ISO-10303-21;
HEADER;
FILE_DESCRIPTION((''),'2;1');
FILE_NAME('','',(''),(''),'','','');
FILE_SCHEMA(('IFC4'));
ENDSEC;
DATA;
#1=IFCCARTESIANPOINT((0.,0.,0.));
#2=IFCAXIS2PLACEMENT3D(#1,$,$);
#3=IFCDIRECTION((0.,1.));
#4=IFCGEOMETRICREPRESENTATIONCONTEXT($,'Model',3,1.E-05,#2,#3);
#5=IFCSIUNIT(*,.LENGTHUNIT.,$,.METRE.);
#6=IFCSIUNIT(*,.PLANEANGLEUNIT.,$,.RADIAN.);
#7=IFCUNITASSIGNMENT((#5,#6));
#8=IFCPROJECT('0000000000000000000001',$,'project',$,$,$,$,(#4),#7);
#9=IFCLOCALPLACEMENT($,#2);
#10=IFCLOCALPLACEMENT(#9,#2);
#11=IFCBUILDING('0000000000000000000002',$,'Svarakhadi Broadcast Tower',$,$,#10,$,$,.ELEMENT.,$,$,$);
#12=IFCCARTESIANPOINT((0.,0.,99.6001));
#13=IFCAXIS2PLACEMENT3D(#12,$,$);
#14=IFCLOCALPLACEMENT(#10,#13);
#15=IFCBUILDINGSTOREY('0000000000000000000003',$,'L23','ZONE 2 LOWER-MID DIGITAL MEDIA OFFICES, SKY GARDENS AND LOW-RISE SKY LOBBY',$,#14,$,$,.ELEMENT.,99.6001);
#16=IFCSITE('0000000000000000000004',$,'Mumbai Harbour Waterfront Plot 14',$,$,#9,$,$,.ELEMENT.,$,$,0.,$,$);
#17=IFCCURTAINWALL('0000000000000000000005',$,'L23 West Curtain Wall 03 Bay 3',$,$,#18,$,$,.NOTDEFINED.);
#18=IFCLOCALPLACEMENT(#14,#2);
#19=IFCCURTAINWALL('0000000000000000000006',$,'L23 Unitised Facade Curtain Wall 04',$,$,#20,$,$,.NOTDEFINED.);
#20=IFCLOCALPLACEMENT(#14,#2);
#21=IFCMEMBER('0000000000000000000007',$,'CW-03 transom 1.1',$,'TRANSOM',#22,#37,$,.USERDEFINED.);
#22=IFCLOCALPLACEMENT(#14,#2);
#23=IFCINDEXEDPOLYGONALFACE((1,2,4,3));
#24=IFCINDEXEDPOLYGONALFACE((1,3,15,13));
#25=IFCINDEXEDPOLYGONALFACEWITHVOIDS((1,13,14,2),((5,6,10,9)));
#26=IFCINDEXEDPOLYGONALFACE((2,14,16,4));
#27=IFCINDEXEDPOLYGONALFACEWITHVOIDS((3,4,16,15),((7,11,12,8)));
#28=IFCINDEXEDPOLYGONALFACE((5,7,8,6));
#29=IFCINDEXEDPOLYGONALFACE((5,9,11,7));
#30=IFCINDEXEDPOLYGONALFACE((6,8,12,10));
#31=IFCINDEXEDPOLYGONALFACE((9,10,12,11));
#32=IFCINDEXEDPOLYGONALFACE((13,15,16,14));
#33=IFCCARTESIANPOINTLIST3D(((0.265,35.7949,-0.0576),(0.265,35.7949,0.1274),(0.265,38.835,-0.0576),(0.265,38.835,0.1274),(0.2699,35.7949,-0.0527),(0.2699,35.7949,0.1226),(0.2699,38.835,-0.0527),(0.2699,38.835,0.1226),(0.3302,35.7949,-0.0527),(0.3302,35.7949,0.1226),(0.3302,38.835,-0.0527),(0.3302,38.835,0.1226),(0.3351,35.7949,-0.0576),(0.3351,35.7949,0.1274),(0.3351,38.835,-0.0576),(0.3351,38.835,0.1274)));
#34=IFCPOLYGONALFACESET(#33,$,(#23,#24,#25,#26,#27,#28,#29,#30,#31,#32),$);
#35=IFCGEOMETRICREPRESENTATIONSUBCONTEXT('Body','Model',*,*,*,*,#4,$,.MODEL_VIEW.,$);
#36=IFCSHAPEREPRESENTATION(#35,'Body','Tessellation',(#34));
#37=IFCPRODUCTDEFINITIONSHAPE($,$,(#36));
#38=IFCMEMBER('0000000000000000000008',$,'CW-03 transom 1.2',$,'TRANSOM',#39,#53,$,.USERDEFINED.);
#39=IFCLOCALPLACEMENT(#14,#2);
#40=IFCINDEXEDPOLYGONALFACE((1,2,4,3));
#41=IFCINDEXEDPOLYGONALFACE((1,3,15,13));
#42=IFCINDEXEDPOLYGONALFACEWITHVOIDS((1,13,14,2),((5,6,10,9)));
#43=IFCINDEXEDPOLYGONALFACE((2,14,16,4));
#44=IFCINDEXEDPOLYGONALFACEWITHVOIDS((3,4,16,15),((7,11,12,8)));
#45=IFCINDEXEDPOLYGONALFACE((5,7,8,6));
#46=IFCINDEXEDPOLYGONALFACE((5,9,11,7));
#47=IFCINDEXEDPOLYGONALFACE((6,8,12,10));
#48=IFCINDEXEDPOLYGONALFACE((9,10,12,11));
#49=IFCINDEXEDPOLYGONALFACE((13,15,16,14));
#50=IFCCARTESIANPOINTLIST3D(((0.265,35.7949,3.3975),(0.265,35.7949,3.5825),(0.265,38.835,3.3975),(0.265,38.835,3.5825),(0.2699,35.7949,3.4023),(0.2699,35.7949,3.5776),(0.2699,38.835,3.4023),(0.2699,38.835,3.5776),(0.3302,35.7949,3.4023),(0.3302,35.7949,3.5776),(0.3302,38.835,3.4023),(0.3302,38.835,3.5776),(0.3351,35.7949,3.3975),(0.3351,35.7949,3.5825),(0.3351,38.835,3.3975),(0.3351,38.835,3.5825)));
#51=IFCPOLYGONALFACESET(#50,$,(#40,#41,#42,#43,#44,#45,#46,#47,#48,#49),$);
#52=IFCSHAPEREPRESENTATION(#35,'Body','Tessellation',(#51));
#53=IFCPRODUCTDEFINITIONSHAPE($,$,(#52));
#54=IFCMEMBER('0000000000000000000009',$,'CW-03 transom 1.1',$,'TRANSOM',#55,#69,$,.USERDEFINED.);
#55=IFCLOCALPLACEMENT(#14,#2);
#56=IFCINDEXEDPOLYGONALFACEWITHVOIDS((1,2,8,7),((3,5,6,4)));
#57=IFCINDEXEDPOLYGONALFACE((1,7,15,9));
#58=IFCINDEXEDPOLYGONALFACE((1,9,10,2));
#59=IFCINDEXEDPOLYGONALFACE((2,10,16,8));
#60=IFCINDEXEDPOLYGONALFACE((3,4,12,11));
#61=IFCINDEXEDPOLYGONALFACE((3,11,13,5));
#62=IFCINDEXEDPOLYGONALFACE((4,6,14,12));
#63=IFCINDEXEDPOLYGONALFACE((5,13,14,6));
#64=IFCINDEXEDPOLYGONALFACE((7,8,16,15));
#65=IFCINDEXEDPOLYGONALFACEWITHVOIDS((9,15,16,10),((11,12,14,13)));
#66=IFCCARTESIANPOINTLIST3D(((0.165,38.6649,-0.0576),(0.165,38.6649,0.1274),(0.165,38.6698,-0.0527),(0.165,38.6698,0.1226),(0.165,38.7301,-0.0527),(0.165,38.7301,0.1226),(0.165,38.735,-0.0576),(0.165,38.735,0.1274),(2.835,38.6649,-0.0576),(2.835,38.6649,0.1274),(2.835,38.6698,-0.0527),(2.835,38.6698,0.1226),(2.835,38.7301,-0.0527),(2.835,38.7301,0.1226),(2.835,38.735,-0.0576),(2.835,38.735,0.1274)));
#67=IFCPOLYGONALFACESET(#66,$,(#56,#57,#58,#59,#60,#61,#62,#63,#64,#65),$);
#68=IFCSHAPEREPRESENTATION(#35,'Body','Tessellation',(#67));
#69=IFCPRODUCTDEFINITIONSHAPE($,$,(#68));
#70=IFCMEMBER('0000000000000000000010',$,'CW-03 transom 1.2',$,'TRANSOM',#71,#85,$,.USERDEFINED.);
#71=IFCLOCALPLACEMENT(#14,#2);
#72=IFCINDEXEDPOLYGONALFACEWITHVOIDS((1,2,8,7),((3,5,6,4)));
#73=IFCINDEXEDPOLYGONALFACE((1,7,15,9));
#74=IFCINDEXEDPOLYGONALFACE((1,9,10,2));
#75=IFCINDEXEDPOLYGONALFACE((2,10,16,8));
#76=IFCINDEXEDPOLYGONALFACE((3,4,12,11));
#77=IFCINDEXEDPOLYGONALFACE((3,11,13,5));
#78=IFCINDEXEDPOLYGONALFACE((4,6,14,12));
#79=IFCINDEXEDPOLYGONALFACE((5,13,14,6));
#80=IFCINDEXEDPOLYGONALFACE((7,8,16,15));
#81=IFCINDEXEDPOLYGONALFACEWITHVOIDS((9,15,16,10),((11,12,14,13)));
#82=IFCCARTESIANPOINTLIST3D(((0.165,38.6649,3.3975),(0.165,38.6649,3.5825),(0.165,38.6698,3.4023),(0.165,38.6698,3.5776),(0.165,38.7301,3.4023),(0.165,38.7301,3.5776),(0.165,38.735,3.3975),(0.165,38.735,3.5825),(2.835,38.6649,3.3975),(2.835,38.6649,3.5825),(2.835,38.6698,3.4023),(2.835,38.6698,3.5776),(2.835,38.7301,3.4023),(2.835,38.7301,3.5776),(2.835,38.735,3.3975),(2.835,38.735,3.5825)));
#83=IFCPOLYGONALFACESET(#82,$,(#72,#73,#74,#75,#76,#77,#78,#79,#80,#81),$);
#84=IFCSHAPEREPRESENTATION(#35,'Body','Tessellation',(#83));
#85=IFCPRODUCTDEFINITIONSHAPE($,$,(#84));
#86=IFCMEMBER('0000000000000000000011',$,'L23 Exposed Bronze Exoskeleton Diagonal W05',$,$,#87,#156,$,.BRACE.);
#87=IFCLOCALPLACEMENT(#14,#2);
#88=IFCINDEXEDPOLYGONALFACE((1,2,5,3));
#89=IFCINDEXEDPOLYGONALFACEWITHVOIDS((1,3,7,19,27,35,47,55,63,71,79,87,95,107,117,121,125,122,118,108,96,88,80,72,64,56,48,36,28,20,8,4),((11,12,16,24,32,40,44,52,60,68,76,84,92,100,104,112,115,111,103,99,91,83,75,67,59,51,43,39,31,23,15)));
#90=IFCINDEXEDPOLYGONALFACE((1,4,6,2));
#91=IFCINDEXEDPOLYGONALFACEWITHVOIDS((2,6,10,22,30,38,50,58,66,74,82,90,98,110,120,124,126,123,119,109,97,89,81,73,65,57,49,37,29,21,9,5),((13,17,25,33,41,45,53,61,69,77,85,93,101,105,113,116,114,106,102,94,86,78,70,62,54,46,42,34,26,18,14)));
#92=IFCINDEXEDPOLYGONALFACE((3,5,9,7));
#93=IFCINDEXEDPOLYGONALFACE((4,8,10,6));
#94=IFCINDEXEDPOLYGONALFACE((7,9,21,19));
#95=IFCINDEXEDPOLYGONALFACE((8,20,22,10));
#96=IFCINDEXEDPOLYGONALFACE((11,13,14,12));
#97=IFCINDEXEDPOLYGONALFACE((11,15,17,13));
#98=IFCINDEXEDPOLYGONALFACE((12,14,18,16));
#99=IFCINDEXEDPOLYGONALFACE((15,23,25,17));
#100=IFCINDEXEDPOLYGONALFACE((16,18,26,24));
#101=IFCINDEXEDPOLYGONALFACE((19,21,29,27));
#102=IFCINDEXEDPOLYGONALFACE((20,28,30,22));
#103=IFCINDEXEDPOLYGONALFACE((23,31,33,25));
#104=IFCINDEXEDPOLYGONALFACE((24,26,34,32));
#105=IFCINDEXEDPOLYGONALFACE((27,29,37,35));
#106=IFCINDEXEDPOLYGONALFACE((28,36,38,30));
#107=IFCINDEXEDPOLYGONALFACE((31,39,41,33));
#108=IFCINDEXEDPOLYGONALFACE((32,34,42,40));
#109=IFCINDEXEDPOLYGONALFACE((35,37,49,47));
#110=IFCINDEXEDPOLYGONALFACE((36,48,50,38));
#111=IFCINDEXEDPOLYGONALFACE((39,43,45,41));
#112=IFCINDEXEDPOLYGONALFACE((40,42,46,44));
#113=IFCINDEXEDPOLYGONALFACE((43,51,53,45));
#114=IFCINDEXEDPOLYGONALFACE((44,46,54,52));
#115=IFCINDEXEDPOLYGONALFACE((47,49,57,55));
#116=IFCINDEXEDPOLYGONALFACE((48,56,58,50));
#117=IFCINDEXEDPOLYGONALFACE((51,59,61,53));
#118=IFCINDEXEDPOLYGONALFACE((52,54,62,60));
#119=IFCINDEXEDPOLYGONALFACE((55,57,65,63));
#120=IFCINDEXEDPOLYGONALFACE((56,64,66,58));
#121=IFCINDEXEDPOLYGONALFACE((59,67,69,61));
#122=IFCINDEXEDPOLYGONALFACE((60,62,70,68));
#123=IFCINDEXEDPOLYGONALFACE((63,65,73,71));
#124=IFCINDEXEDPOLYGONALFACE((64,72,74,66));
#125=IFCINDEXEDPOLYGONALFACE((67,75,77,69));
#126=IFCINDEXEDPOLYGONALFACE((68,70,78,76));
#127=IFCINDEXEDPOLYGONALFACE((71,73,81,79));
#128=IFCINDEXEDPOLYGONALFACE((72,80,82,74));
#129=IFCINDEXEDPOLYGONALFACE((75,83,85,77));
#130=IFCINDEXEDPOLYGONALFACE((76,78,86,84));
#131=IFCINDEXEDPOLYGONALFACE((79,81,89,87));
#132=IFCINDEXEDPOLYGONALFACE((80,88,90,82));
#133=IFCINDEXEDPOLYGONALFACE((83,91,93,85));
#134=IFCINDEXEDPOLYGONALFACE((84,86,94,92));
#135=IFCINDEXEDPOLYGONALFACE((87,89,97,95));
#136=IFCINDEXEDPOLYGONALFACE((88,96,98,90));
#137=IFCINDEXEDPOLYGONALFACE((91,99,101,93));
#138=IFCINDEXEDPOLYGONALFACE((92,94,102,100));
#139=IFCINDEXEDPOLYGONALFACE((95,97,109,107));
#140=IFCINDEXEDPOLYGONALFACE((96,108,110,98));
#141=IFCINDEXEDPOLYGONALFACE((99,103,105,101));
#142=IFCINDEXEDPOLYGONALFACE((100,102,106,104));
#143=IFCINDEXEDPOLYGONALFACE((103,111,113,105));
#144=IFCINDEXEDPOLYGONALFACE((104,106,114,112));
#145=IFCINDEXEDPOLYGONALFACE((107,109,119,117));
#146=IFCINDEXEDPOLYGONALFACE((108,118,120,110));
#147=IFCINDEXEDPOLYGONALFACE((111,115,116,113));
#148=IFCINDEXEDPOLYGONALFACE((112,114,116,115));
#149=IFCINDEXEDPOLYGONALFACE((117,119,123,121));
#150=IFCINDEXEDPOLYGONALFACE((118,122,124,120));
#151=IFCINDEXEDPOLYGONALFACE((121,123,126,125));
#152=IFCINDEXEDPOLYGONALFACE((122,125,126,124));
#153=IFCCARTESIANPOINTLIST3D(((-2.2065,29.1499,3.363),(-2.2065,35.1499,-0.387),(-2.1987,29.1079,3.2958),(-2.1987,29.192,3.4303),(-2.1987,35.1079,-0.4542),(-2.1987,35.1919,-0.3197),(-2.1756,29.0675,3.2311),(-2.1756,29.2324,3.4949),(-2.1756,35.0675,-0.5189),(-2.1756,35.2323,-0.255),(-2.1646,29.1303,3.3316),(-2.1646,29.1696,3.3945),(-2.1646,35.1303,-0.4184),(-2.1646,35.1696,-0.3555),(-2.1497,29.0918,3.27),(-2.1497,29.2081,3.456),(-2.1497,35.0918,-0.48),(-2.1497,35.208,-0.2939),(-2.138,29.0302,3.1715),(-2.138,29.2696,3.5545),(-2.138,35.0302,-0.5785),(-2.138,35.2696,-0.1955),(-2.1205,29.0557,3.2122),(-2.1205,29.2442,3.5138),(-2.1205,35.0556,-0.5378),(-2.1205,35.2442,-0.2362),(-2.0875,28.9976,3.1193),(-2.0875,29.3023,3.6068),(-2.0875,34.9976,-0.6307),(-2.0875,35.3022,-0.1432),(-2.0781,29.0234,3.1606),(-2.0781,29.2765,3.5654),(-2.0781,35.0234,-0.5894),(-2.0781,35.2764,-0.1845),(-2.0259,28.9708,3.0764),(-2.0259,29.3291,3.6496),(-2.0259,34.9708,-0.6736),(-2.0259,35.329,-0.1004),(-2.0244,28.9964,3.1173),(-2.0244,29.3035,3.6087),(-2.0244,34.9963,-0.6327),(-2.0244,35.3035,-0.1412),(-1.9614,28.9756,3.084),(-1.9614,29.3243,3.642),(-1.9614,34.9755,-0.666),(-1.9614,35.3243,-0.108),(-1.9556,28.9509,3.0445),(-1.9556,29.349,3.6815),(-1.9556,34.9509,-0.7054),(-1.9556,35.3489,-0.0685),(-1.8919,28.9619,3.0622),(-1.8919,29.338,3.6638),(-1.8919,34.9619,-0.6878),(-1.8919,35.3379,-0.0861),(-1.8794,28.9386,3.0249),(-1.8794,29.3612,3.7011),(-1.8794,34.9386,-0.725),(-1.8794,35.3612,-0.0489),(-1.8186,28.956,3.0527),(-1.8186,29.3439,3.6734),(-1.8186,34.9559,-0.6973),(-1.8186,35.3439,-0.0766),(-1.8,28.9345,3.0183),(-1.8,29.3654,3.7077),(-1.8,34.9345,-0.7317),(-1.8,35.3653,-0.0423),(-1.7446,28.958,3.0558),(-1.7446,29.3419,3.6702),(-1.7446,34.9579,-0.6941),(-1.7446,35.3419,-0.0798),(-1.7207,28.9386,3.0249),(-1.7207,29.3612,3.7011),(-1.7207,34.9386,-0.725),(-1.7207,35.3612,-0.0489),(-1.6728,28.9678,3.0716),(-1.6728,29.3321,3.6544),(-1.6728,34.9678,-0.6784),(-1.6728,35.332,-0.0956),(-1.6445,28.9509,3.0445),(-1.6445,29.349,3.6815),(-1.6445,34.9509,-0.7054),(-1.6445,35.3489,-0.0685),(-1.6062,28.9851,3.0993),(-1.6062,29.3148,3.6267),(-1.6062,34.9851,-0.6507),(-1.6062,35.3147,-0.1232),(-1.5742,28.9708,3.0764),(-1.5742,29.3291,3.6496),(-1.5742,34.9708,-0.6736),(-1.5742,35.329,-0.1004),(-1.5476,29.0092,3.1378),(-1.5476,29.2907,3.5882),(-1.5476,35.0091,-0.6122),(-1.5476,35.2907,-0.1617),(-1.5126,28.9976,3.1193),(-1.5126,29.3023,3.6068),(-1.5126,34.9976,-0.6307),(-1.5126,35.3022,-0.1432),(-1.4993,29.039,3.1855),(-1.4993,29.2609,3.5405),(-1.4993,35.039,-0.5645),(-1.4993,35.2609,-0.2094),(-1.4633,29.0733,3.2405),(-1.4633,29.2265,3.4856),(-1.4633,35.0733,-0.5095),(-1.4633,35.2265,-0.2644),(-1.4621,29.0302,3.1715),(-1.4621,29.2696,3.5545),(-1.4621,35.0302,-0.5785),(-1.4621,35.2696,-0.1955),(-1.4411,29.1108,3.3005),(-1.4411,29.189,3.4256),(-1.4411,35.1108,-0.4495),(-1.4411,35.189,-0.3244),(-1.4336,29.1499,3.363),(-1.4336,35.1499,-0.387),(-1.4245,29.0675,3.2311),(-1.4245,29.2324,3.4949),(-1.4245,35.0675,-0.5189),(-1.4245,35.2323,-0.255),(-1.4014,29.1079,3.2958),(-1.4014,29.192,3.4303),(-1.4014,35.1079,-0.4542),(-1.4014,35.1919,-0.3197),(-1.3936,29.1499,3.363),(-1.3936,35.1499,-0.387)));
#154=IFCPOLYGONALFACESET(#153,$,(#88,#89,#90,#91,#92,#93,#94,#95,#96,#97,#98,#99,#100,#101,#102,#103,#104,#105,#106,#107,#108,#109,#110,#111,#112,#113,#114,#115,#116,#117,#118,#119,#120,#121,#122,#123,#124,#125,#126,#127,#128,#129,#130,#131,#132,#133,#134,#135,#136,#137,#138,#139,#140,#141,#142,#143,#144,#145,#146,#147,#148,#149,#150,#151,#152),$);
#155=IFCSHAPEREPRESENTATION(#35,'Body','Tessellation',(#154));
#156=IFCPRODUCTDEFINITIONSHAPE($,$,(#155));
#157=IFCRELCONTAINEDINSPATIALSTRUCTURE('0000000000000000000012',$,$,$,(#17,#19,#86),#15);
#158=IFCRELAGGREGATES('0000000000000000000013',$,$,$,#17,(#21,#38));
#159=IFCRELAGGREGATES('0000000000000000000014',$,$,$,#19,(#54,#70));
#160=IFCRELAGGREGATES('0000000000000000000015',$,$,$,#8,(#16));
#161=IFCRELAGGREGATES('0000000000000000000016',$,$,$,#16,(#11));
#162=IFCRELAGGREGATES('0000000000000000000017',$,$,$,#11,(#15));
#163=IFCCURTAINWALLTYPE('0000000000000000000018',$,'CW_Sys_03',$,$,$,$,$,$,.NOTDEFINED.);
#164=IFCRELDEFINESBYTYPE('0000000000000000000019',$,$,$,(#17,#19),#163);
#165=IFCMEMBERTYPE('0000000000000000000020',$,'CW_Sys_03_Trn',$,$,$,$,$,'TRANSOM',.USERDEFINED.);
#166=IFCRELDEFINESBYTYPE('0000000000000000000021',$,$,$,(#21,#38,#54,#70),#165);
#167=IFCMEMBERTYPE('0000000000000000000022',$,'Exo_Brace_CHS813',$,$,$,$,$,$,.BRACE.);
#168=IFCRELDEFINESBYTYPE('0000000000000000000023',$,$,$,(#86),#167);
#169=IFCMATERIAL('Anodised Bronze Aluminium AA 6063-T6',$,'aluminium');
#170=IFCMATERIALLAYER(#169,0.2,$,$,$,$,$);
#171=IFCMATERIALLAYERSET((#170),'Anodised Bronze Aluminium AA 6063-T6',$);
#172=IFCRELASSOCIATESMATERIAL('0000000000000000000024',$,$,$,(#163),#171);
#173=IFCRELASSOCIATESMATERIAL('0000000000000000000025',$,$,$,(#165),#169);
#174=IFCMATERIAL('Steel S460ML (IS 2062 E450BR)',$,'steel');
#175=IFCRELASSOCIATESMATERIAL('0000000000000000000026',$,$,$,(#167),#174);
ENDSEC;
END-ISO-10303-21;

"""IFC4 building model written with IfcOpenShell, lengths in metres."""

from ifc_helpers import new_model, si_unit, direction, frame, origin, origin_2d, place, context, subcontext, project, spatial, hollow_rectangle, hollow_circle, extrude, material, layer, layer_set, material_profile, profile_set, type_object, element, aggregate, save


model = new_model("IFC4")

# Units and contexts
model_context = context("Model", 3, precision=1e-05, world=origin(), true_north=direction((0.0, 1.0)))
body_context = subcontext(model_context, "Body", "Model", "MODEL_VIEW")
ifc_project = project(units=[si_unit("LENGTHUNIT", "METRE"), si_unit("PLANEANGLEUNIT", "RADIAN")], contexts=[model_context])

# Site, building, storey
site_placement = place(None, origin())
site = spatial("IfcSite", under=ifc_project, at=site_placement, Name="Mumbai Harbour Waterfront Plot 14", CompositionType="ELEMENT", RefElevation=0.0)
building_placement = place(site_placement, origin())
building = spatial("IfcBuilding", under=site, at=building_placement, Name="Svarakhadi Broadcast Tower", CompositionType="ELEMENT")
storey_placement = place(building_placement, frame((0.0, 0.0, 99.6001)))
storey = spatial("IfcBuildingStorey", under=building, at=storey_placement, Name="L23", Description="ZONE 2 LOWER-MID DIGITAL MEDIA OFFICES, SKY GARDENS AND LOW-RISE SKY LOBBY", CompositionType="ELEMENT", Elevation=99.6001)

# Shared definitions
ifc_material_1 = material(Name="Anodised Bronze Aluminium AA 6063-T6", Category="aluminium")
ifc_layer_1 = layer(ifc_material_1, 0.2)
ifc_layer_set_1 = layer_set([ifc_layer_1], Name="Anodised Bronze Aluminium AA 6063-T6")
curtain_wall_type = type_object("IfcCurtainWallType", Name="CW_Sys_03", PredefinedType="NOTDEFINED", material=ifc_layer_set_1)

# Curtain walls
curtain_wall_1_placement = place(storey_placement, origin())
curtain_wall_1 = element("IfcCurtainWall", 1, at=curtain_wall_1_placement, inside=storey, type_object=curtain_wall_type, Name="L23 West Curtain Wall 03 Bay 3", PredefinedType="NOTDEFINED")
curtain_wall_2_placement = place(storey_placement, origin())
curtain_wall_2 = element("IfcCurtainWall", 2, at=curtain_wall_2_placement, inside=storey, type_object=curtain_wall_type, Name="L23 Unitised Facade Curtain Wall 04", PredefinedType="NOTDEFINED")

# Members
ifc_material_profile_1 = material_profile(ifc_material_1, hollow_rectangle(XDim=0.0701, YDim=0.1851, WallThickness=0.0049, at=origin_2d()), Name="ALU TRANSOM 185x70x5")
ifc_profile_set_1 = profile_set([ifc_material_profile_1], Name="Anodised Bronze Aluminium AA 6063-T6")
member_type_1 = type_object("IfcMemberType", Name="CW_Sys_03_Trn", ElementType="TRANSOM", PredefinedType="USERDEFINED", material=ifc_profile_set_1)
member_1_placement = place(storey_placement, frame((0.3, 35.7949, 0.0349), z_axis=(0.0, 1.0, 0.0), x_axis=(-1.0, 0.0, 0.0)))
member_1 = element("IfcMember", 3, at=member_1_placement, type_object=member_type_1, Name="CW-03 transom 1.1", ObjectType="TRANSOM", PredefinedType="USERDEFINED", context=body_context, shape_type="SweptSolid", body=[
    extrude(hollow_rectangle(XDim=0.0701, YDim=0.1851, WallThickness=0.0049, at=origin_2d()), origin(), (0.0, 0.0, 1.0), 3.04),
])
member_2_placement = place(storey_placement, frame((0.3, 35.7949, 3.49), z_axis=(0.0, 1.0, 0.0), x_axis=(-1.0, 0.0, 0.0)))
member_2 = element("IfcMember", 4, at=member_2_placement, type_object=member_type_1, Name="CW-03 transom 1.2", ObjectType="TRANSOM", PredefinedType="USERDEFINED", context=body_context, shape_type="SweptSolid", body=[
    extrude(hollow_rectangle(XDim=0.0701, YDim=0.1851, WallThickness=0.0049, at=origin_2d()), origin(), (0.0, 0.0, 1.0), 3.04),
])
member_3_placement = place(storey_placement, frame((0.165, 38.7, 0.0349), z_axis=(1.0, 0.0, 0.0), x_axis=(0.0, 1.0, 0.0)))
member_3 = element("IfcMember", 5, at=member_3_placement, type_object=member_type_1, Name="CW-03 transom 1.1", ObjectType="TRANSOM", PredefinedType="USERDEFINED", context=body_context, shape_type="SweptSolid", body=[
    extrude(hollow_rectangle(XDim=0.0701, YDim=0.1851, WallThickness=0.0049, at=origin_2d()), origin(), (0.0, 0.0, 1.0), 2.6699),
])
member_4_placement = place(storey_placement, frame((0.165, 38.7, 3.49), z_axis=(1.0, 0.0, 0.0), x_axis=(0.0, 1.0, 0.0)))
member_4 = element("IfcMember", 6, at=member_4_placement, type_object=member_type_1, Name="CW-03 transom 1.2", ObjectType="TRANSOM", PredefinedType="USERDEFINED", context=body_context, shape_type="SweptSolid", body=[
    extrude(hollow_rectangle(XDim=0.0701, YDim=0.1851, WallThickness=0.0049, at=origin_2d()), origin(), (0.0, 0.0, 1.0), 2.6699),
])

# Member
ifc_material_2 = material(Name="Steel S460ML (IS 2062 E450BR)", Category="steel")
ifc_material_profile_2 = material_profile(ifc_material_2, hollow_circle(Radius=0.4065, WallThickness=0.04, at=origin_2d()), Name="CHS 813x40")
ifc_profile_set_2 = profile_set([ifc_material_profile_2], Name="Steel S460ML (IS 2062 E450BR)")
member_type_2 = type_object("IfcMemberType", Name="Exo_Brace_CHS813", PredefinedType="BRACE", material=ifc_profile_set_2)
member_5_placement = place(storey_placement, frame((-1.8, 35.1499, -0.387), z_axis=(0.0, -0.847998, 0.529999), x_axis=(1.0, 0.0, 0.0)))
element("IfcMember", 7, at=member_5_placement, inside=storey, type_object=member_type_2, Name="L23 Exposed Bronze Exoskeleton Diagonal W05", PredefinedType="BRACE", context=body_context, shape_type="SweptSolid", body=[
    extrude(hollow_circle(Radius=0.4065, WallThickness=0.04, at=origin_2d()), origin(), (0.0, 0.0, 1.0), 7.0754),
])

aggregate(curtain_wall_1, [member_1, member_2])
aggregate(curtain_wall_2, [member_3, member_4])

save(model, "model.ifc")
